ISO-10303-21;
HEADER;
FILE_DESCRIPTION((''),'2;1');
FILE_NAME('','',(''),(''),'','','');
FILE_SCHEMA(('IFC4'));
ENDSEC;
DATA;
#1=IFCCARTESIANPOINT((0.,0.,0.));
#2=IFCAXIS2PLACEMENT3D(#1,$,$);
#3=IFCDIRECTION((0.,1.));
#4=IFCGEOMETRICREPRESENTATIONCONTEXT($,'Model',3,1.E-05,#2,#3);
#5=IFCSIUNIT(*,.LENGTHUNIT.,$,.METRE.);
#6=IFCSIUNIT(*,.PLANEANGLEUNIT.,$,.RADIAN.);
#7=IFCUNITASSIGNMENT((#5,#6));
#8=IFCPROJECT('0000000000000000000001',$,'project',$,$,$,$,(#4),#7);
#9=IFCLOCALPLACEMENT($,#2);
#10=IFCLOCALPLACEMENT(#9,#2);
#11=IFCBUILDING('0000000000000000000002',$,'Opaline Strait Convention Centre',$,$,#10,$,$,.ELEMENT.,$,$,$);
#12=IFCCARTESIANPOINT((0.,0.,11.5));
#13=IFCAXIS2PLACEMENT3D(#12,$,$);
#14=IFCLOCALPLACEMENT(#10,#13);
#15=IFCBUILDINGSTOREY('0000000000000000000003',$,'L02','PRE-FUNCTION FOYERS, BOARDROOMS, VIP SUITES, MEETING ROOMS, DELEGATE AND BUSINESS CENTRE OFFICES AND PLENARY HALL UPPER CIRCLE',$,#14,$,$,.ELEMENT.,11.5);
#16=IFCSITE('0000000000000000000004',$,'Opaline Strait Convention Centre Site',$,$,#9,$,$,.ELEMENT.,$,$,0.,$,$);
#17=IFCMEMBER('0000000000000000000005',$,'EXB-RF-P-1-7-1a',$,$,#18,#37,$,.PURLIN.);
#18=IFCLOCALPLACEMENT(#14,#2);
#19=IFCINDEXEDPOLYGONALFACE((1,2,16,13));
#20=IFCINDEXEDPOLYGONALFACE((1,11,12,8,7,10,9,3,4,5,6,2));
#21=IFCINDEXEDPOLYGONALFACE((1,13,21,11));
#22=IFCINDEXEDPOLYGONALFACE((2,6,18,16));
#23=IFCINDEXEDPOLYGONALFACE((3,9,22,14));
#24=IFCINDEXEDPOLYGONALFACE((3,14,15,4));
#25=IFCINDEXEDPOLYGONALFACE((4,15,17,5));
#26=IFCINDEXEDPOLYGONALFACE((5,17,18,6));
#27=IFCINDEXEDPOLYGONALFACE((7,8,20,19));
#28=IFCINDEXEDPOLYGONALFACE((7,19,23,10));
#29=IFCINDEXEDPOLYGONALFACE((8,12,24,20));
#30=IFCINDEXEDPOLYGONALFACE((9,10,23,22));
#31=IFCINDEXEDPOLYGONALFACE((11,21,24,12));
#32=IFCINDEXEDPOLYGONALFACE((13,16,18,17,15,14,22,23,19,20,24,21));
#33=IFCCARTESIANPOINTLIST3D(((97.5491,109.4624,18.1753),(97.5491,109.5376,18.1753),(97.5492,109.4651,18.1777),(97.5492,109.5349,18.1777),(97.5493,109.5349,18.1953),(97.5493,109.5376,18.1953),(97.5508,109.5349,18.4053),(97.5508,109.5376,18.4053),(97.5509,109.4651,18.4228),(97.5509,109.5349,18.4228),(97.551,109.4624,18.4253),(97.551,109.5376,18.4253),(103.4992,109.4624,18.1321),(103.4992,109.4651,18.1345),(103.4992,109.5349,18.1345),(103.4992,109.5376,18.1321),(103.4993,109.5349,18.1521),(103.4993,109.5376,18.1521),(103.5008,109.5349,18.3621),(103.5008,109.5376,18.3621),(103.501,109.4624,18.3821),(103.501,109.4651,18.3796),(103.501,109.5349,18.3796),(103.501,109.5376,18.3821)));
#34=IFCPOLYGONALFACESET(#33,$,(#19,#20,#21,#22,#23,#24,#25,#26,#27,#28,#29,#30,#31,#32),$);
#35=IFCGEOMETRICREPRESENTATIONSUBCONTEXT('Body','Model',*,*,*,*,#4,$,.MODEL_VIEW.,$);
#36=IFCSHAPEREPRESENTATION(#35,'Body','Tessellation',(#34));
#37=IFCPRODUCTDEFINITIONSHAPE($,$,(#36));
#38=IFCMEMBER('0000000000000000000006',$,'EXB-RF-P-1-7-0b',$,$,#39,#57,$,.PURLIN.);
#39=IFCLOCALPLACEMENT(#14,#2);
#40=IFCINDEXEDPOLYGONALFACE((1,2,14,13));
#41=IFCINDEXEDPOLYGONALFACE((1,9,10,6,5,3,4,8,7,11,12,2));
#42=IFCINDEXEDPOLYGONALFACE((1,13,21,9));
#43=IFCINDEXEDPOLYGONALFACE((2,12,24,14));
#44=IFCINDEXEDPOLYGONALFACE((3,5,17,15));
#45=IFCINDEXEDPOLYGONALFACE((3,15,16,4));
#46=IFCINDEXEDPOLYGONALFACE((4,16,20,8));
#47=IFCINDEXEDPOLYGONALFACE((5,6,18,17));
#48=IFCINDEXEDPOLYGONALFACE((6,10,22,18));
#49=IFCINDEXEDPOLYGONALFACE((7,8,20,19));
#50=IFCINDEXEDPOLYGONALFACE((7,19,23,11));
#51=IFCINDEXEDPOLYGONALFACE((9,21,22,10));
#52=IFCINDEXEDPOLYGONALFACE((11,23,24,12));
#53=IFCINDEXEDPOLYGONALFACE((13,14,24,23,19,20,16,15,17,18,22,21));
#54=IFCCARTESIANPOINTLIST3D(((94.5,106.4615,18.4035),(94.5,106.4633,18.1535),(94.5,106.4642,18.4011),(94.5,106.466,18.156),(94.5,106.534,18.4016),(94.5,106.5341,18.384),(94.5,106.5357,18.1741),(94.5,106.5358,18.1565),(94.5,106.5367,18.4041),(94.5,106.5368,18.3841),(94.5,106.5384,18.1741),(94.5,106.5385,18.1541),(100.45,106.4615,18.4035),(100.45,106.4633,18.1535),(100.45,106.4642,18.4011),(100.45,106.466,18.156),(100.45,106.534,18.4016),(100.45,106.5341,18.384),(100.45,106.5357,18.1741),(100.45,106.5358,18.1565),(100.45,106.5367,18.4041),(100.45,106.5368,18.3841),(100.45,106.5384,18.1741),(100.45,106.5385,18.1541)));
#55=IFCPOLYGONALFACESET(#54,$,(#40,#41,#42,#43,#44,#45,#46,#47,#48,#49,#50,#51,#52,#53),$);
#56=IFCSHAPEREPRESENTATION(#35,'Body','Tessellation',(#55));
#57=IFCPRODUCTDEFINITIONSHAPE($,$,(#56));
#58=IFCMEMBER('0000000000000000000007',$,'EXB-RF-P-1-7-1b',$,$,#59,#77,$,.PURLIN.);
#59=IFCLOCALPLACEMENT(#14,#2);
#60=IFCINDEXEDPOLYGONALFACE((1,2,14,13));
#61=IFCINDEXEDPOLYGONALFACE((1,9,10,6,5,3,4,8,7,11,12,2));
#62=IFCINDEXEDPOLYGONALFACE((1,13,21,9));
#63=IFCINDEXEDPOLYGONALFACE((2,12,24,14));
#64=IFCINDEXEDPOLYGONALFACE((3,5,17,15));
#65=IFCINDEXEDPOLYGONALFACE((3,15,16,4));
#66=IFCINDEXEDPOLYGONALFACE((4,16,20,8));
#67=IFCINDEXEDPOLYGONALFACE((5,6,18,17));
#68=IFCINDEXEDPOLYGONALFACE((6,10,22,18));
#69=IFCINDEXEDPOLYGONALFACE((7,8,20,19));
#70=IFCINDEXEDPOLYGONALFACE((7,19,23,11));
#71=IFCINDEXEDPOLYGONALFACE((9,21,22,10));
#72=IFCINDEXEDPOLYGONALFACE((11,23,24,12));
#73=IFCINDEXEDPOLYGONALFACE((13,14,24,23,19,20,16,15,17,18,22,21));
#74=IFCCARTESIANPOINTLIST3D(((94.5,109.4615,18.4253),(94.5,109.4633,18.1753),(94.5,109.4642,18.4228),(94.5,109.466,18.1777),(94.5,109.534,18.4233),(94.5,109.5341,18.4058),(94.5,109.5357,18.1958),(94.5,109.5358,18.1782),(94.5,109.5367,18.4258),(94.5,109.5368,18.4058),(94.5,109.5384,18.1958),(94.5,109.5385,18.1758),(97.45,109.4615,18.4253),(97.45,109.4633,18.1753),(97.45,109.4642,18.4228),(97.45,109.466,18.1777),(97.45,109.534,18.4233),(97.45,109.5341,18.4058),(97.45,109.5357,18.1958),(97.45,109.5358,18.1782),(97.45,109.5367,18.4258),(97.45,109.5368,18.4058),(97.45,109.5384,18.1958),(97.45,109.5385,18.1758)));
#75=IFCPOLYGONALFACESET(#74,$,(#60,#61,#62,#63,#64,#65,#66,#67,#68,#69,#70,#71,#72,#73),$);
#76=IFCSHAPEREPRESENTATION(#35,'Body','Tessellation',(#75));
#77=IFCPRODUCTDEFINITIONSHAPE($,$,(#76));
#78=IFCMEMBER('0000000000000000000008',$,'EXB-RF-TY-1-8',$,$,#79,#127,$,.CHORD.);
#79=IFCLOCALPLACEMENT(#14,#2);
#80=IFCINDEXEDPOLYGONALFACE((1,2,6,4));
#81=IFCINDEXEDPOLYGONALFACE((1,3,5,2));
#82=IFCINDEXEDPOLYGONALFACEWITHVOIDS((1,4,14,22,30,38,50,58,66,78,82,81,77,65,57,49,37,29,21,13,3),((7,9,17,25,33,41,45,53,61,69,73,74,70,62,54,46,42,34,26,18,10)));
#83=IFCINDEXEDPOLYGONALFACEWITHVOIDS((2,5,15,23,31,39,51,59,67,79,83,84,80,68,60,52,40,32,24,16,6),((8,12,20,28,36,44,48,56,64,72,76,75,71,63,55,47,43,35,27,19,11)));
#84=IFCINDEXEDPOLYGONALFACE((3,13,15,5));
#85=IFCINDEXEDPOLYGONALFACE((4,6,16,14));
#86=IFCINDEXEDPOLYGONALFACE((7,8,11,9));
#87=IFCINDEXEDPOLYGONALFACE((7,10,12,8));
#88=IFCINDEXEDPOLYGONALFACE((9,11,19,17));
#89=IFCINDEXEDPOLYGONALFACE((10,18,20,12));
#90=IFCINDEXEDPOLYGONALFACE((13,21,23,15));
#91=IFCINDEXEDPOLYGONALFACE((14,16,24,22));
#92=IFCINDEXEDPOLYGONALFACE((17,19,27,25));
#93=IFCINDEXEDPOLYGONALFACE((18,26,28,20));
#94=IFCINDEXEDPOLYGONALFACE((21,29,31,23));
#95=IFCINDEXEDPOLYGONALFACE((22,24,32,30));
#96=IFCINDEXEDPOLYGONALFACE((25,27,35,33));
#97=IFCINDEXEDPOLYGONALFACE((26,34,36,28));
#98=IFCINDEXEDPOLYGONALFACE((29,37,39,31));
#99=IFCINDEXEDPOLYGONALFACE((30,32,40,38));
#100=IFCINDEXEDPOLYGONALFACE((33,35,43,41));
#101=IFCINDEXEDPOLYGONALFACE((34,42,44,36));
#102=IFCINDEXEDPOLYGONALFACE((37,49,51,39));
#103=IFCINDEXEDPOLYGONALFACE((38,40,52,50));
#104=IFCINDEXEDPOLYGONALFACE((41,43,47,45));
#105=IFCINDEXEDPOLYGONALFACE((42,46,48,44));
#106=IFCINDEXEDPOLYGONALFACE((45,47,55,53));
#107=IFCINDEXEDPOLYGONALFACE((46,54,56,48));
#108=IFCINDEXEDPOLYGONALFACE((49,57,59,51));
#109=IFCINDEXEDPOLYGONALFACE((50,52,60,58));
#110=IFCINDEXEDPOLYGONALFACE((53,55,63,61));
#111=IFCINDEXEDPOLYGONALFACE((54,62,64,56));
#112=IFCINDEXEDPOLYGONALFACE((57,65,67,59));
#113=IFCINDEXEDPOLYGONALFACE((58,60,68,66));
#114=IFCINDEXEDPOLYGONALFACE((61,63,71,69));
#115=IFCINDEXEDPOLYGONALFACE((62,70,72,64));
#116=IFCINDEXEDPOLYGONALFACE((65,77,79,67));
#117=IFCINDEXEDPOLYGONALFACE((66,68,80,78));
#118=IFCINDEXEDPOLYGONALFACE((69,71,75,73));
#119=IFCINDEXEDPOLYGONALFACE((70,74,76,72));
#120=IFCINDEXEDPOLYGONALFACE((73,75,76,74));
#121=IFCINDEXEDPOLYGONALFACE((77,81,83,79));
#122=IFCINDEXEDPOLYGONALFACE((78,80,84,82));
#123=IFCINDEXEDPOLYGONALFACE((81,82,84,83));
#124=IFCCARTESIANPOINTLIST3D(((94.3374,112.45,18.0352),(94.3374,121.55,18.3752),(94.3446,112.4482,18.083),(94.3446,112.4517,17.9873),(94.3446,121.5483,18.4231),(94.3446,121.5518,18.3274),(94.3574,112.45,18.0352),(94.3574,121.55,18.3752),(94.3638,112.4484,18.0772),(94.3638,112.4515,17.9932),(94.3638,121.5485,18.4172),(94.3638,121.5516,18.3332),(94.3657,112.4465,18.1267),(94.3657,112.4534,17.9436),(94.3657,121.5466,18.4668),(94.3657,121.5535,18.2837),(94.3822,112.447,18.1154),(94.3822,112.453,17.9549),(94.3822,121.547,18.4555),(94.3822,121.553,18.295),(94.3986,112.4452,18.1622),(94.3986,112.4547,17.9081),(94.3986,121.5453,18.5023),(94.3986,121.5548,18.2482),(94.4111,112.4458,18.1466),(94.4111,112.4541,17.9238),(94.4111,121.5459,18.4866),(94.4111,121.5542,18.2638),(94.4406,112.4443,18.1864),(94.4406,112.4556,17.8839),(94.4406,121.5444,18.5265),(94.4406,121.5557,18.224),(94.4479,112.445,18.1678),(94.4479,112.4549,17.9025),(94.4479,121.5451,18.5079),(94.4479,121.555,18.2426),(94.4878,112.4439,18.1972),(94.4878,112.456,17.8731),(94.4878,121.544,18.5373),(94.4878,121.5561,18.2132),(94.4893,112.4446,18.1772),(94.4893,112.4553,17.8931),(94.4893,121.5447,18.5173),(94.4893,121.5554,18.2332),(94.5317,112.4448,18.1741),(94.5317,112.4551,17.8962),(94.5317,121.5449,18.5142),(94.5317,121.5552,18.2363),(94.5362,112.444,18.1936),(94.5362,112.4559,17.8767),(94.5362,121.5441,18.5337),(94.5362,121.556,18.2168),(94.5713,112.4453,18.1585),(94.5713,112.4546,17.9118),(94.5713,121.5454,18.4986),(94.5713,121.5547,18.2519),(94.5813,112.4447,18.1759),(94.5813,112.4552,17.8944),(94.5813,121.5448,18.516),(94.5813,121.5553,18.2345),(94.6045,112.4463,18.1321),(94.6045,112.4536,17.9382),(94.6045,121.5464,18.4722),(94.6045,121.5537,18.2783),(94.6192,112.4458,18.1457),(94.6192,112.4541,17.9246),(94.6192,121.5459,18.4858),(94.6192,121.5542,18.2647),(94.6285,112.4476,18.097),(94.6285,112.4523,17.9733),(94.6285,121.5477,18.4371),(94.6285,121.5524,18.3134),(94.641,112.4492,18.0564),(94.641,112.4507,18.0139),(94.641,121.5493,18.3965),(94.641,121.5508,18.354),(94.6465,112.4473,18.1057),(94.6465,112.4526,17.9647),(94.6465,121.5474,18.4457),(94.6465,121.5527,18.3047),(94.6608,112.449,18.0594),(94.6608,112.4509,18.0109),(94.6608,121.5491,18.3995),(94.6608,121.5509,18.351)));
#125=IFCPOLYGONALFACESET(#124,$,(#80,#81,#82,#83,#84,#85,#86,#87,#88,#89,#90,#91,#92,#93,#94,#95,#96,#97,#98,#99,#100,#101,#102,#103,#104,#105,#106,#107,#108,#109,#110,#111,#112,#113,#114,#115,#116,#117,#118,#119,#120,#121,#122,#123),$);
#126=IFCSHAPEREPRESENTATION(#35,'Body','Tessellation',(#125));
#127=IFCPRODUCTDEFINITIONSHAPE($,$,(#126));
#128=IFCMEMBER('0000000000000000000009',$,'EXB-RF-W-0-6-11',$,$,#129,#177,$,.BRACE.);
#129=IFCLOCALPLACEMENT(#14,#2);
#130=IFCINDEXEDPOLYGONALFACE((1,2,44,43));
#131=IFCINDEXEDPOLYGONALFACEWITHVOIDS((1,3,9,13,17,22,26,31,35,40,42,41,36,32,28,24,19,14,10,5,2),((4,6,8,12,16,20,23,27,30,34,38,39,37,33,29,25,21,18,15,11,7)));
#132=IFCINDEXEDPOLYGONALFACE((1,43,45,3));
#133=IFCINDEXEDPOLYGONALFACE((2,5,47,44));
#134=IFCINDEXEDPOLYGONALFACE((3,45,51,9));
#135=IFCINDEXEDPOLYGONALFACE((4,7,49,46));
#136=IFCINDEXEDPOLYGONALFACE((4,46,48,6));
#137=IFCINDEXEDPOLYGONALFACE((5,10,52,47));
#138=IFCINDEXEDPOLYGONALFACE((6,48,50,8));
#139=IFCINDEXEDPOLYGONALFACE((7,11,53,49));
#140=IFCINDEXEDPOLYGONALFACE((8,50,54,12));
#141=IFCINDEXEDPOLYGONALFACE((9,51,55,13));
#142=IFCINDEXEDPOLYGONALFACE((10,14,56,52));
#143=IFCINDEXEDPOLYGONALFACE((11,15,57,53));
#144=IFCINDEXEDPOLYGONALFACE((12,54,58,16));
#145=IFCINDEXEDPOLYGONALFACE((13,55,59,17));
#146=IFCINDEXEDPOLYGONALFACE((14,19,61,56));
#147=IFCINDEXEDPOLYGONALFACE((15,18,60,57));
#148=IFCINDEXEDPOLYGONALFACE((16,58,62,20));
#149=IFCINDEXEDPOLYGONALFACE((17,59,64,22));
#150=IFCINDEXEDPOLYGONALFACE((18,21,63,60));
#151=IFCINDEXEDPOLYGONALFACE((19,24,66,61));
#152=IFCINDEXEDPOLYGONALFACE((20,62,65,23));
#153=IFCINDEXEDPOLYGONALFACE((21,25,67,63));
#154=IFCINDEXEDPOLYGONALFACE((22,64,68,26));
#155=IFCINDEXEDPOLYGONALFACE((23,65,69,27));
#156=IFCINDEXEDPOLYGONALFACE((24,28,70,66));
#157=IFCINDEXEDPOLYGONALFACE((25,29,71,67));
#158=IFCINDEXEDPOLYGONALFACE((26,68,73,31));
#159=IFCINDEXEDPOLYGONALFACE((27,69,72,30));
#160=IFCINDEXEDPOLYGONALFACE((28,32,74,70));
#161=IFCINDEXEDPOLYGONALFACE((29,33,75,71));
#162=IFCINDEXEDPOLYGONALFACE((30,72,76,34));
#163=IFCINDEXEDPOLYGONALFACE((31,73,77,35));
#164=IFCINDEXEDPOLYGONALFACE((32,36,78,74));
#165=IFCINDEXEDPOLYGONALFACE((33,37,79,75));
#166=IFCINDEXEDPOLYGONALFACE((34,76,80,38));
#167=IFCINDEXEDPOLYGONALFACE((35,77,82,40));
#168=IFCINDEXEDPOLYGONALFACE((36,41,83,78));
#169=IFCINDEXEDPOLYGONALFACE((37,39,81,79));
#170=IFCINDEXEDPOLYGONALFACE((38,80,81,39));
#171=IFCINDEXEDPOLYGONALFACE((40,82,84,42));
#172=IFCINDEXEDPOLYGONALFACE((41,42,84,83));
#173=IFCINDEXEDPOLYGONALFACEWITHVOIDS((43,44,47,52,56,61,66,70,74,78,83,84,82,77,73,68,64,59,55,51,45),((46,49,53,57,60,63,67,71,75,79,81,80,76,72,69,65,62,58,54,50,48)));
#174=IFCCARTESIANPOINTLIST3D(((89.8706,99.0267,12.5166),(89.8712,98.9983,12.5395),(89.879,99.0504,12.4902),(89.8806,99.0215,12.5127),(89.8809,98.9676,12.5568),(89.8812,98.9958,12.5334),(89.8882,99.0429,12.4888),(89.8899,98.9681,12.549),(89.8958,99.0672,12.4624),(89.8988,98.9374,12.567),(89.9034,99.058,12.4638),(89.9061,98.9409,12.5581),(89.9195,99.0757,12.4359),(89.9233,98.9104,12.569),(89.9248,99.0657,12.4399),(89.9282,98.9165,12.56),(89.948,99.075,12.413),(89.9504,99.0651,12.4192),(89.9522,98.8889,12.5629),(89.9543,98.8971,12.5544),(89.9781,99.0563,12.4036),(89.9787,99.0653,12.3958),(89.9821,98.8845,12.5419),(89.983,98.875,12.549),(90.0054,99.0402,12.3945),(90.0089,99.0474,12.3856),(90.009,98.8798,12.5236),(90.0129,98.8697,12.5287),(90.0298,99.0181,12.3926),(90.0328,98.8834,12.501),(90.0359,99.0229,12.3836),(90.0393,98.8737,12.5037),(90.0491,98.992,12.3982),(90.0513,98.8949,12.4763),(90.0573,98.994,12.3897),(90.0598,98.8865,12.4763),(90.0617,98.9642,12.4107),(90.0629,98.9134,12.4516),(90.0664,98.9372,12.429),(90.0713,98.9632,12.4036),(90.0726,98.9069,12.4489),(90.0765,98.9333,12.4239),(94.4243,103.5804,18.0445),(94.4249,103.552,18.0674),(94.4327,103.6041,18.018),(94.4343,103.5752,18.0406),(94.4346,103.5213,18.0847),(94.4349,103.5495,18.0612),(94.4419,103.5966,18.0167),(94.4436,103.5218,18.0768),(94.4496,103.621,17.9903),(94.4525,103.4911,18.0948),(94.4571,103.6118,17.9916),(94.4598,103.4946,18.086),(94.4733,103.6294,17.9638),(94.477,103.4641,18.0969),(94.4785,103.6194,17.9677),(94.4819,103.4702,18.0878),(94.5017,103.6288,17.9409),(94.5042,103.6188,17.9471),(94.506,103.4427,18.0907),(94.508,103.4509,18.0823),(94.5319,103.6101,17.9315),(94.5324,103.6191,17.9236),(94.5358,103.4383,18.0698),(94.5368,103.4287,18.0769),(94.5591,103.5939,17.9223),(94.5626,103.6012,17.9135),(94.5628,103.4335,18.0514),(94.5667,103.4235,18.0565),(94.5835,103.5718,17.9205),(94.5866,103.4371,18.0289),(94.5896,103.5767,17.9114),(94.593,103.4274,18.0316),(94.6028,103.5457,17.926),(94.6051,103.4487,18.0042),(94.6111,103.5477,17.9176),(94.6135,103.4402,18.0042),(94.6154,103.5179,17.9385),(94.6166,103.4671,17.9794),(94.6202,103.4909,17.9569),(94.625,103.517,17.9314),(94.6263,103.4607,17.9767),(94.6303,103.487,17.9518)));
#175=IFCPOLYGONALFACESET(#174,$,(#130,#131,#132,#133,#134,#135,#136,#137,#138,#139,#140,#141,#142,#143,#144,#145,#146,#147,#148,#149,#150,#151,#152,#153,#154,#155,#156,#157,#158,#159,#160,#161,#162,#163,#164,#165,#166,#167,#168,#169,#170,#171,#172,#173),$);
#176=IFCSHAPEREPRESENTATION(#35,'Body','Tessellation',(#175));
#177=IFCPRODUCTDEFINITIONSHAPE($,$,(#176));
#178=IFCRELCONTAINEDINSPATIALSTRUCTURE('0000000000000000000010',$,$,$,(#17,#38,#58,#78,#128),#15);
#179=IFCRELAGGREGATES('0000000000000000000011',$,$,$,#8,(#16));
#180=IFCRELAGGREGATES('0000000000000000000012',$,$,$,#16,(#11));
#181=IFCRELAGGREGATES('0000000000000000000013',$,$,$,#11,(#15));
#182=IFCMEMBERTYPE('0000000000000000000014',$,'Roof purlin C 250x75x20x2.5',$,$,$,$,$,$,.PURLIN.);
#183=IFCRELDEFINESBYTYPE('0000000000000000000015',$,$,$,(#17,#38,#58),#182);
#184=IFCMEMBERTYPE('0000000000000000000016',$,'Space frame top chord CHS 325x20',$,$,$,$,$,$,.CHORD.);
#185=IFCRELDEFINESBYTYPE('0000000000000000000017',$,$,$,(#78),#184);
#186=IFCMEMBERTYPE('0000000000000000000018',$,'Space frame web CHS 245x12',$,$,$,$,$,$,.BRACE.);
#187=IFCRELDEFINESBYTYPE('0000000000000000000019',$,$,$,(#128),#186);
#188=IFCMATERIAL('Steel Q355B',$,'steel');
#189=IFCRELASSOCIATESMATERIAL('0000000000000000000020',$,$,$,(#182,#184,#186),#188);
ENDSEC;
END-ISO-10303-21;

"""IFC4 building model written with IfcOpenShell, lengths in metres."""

from ifc_helpers import new_model, si_unit, direction, frame, origin, origin_2d, place, context, subcontext, project, spatial, polyline, hollow_circle, outline, extrude, material, material_profile, profile_set, type_object, element, save


model = new_model("IFC4")

# Units and contexts
model_context = context("Model", 3, precision=1e-05, world=origin(), true_north=direction((0.0, 1.0)))
body_context = subcontext(model_context, "Body", "Model", "MODEL_VIEW")
ifc_project = project(units=[si_unit("LENGTHUNIT", "METRE"), si_unit("PLANEANGLEUNIT", "RADIAN")], contexts=[model_context])

# Site, building, storey
site_placement = place(None, origin())
site = spatial("IfcSite", under=ifc_project, at=site_placement, Name="Opaline Strait Convention Centre Site", CompositionType="ELEMENT", RefElevation=0.0)
building_placement = place(site_placement, origin())
building = spatial("IfcBuilding", under=site, at=building_placement, Name="Opaline Strait Convention Centre", CompositionType="ELEMENT")
storey_placement = place(building_placement, frame((0.0, 0.0, 11.5)))
storey = spatial("IfcBuildingStorey", under=building, at=storey_placement, Name="L02", Description="PRE-FUNCTION FOYERS, BOARDROOMS, VIP SUITES, MEETING ROOMS, DELEGATE AND BUSINESS CENTRE OFFICES AND PLENARY HALL UPPER CIRCLE", CompositionType="ELEMENT", Elevation=11.5)

# Members
ifc_material_1 = material(Name="Steel Q355B", Category="steel")
ifc_material_profile_1 = material_profile(ifc_material_1, outline(polyline([(-0.0376, -0.125), (0.0376, -0.125), (0.0376, -0.105), (0.0349, -0.105), (0.0349, -0.1226), (-0.0349, -0.1226), (-0.0349, 0.1226), (0.0349, 0.1226), (0.0349, 0.105), (0.0376, 0.105), (0.0376, 0.125), (-0.0376, 0.125), (-0.0376, -0.125)])), Name="C 250x75x20x2.5")
ifc_profile_set_1 = profile_set([ifc_material_profile_1], Name="Steel Q355B")
member_type_1 = type_object("IfcMemberType", Name="Roof purlin C 250x75x20x2.5", PredefinedType="PURLIN", material=ifc_profile_set_1)
member_1_placement = place(storey_placement, frame((97.55, 109.5, 18.3003), z_axis=(0.999974, 0.0, -0.007263), x_axis=(0.0, 1.0, 0.0)))
element("IfcMember", 1, at=member_1_placement, inside=storey, type_object=member_type_1, Name="EXB-RF-P-1-7-1a", PredefinedType="PURLIN", context=body_context, shape_type="SweptSolid", body=[
    extrude(outline(polyline([(-0.0376, -0.125), (0.0376, -0.125), (0.0376, -0.105), (0.0349, -0.105), (0.0349, -0.1226), (-0.0349, -0.1226), (-0.0349, 0.1226), (0.0349, 0.1226), (0.0349, 0.105), (0.0376, 0.105), (0.0376, 0.125), (-0.0376, 0.125), (-0.0376, -0.125)])), origin(), (0.0, 0.0, 1.0), 5.9502),
])
member_2_placement = place(storey_placement, frame((94.5, 106.5, 18.2788), z_axis=(1.0, 0.0, 0.0), x_axis=(0.0, 0.999974, 0.007274)))
element("IfcMember", 2, at=member_2_placement, inside=storey, type_object=member_type_1, Name="EXB-RF-P-1-7-0b", PredefinedType="PURLIN", context=body_context, shape_type="SweptSolid", body=[
    extrude(outline(polyline([(-0.0376, -0.125), (0.0376, -0.125), (0.0376, -0.105), (0.0349, -0.105), (0.0349, -0.1226), (-0.0349, -0.1226), (-0.0349, 0.1226), (0.0349, 0.1226), (0.0349, 0.105), (0.0376, 0.105), (0.0376, 0.125), (-0.0376, 0.125), (-0.0376, -0.125)])), origin(), (0.0, 0.0, 1.0), 5.95),
])
member_3_placement = place(storey_placement, frame((94.5, 109.5, 18.3005), z_axis=(1.0, 0.0, 0.0), x_axis=(0.0, 0.999974, 0.007274)))
element("IfcMember", 3, at=member_3_placement, inside=storey, type_object=member_type_1, Name="EXB-RF-P-1-7-1b", PredefinedType="PURLIN", context=body_context, shape_type="SweptSolid", body=[
    extrude(outline(polyline([(-0.0376, -0.125), (0.0376, -0.125), (0.0376, -0.105), (0.0349, -0.105), (0.0349, -0.1226), (-0.0349, -0.1226), (-0.0349, 0.1226), (0.0349, 0.1226), (0.0349, 0.105), (0.0376, 0.105), (0.0376, 0.125), (-0.0376, 0.125), (-0.0376, -0.125)])), origin(), (0.0, 0.0, 1.0), 2.95),
])
ifc_material_profile_2 = material_profile(ifc_material_1, hollow_circle(Radius=0.1626, WallThickness=0.02, at=origin_2d()), Name="CHS 325x20")
ifc_profile_set_2 = profile_set([ifc_material_profile_2], Name="Steel Q355B")
member_type_2 = type_object("IfcMemberType", Name="Space frame top chord CHS 325x20", PredefinedType="CHORD", material=ifc_profile_set_2)
member_4_placement = place(storey_placement, frame((94.5, 112.45, 18.0352), z_axis=(0.0, 0.999302, 0.037346), x_axis=(-1.0, 0.0, 0.0)))
element("IfcMember", 4, at=member_4_placement, inside=storey, type_object=member_type_2, Name="EXB-RF-TY-1-8", PredefinedType="CHORD", context=body_context, shape_type="SweptSolid", body=[
    extrude(hollow_circle(Radius=0.1626, WallThickness=0.02, at=origin_2d()), origin(), (0.0, 0.0, 1.0), 9.1064),
])
ifc_material_profile_3 = material_profile(ifc_material_1, hollow_circle(Radius=0.1226, WallThickness=0.012, at=origin_2d()), Name="CHS 245x12")
ifc_profile_set_3 = profile_set([ifc_material_profile_3], Name="Steel Q355B")
member_type_3 = type_object("IfcMemberType", Name="Space frame web CHS 245x12", PredefinedType="BRACE", material=ifc_profile_set_3)
for number, where, z_axis, x_axis, name in (
    (5, (94.5269, 103.5269, 18.0042), (-0.53655, -0.53655, -0.651328), (0.707107, -0.707107, 0.0), "EXB-RF-W-0-6-11"),
):
    element("IfcMember", number, at=place(storey_placement, frame(where, z_axis=z_axis, x_axis=x_axis)), inside=storey, type_object=member_type_3, Name=name, PredefinedType="BRACE", context=body_context, shape_type="SweptSolid", body=[
        extrude(hollow_circle(Radius=0.1226, WallThickness=0.012, at=origin_2d()), origin(), (0.0, 0.0, 1.0), 8.4871),
    ])

save(model, "model.ifc")
